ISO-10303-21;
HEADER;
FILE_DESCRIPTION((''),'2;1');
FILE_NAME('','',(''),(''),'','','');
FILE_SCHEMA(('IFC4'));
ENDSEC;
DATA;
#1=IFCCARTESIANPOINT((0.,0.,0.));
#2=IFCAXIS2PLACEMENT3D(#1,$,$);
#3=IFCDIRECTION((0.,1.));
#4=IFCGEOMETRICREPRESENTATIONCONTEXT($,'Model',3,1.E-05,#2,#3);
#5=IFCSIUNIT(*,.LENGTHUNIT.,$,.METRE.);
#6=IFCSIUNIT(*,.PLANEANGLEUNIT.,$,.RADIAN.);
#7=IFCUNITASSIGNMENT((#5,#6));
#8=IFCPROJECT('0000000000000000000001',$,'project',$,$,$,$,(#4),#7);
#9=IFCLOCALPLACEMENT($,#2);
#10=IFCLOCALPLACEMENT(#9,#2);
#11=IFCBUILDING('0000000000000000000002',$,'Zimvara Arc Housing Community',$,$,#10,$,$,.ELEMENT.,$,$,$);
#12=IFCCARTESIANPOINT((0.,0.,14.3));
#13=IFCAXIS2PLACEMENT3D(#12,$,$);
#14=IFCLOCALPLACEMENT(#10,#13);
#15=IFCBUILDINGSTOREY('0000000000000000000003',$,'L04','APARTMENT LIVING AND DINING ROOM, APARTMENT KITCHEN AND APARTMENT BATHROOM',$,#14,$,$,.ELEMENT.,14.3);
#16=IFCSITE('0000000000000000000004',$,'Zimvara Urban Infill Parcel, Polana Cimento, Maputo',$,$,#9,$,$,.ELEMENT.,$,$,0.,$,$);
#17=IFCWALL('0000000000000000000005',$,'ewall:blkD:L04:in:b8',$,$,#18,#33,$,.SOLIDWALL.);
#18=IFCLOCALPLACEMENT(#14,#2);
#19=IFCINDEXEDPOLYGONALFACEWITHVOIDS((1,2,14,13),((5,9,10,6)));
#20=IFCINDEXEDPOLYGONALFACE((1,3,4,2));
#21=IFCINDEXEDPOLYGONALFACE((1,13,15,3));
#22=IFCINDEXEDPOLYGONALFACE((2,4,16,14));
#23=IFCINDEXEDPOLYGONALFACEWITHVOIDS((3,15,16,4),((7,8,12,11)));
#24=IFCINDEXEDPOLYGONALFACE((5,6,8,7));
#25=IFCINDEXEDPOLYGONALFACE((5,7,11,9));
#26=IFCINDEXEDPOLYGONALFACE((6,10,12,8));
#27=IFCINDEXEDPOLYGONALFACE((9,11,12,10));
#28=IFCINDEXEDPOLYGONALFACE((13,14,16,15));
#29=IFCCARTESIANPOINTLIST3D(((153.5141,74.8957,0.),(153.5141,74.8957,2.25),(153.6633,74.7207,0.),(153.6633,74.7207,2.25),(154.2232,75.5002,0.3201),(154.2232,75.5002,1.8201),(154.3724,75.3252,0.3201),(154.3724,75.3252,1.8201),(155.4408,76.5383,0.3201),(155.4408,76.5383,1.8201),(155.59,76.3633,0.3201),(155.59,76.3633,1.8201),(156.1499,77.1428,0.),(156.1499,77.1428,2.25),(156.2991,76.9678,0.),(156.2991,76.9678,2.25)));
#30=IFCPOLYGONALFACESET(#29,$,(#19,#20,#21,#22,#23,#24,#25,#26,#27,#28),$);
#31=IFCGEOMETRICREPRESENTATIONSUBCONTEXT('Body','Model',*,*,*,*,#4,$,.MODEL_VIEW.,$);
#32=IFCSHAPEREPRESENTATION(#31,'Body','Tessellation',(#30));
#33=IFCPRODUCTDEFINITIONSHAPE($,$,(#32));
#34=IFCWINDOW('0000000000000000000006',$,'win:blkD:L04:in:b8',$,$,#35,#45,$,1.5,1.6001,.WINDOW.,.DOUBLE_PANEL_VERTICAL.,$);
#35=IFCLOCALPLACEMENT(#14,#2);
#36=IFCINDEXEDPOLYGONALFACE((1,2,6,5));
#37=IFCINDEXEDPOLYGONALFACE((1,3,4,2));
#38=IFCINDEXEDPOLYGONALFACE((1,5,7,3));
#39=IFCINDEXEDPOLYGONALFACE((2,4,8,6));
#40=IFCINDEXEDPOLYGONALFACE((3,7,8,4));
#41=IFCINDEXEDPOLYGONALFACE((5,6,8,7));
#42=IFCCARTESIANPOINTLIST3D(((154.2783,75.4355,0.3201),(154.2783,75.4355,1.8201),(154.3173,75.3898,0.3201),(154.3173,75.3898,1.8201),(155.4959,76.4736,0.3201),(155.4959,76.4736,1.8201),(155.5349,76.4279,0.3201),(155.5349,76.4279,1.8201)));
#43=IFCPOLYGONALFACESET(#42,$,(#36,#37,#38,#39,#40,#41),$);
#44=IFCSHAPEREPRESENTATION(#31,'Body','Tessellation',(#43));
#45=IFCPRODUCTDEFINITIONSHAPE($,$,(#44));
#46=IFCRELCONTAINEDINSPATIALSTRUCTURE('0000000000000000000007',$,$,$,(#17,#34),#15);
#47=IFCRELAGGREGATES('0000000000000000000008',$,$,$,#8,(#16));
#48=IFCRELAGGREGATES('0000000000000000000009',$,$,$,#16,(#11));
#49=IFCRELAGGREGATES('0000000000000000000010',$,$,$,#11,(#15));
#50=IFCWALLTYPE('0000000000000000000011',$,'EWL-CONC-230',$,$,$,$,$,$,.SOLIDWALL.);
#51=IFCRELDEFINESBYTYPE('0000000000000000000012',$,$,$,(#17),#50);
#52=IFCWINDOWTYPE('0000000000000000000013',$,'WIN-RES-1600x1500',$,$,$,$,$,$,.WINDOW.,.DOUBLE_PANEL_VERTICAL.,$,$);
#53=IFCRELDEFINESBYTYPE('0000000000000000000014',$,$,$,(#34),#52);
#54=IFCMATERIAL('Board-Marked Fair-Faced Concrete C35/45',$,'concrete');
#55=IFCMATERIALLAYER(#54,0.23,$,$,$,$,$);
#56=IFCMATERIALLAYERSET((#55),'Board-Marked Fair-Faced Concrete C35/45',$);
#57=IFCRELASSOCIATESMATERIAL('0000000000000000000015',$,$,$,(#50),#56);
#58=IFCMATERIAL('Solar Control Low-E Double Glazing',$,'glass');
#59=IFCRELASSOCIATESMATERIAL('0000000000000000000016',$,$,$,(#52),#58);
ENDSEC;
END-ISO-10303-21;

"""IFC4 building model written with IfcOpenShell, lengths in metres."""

from ifc_helpers import new_model, si_unit, direction, frame, frame_2d, origin, place, context, subcontext, project, spatial, rectangle, extrude, material, layer, layer_set, type_object, element, fill, save


model = new_model("IFC4")

# Units and contexts
model_context = context("Model", 3, precision=1e-05, world=origin(), true_north=direction((0.0, 1.0)))
body_context = subcontext(model_context, "Body", "Model", "MODEL_VIEW")
ifc_project = project(units=[si_unit("LENGTHUNIT", "METRE"), si_unit("PLANEANGLEUNIT", "RADIAN")], contexts=[model_context])

# Site, building, storey
site_placement = place(None, origin())
site = spatial("IfcSite", under=ifc_project, at=site_placement, Name="Zimvara Urban Infill Parcel, Polana Cimento, Maputo", CompositionType="ELEMENT", RefElevation=0.0)
building_placement = place(site_placement, origin())
building = spatial("IfcBuilding", under=site, at=building_placement, Name="Zimvara Arc Housing Community", CompositionType="ELEMENT")
storey_placement = place(building_placement, frame((0.0, 0.0, 14.3)))
storey = spatial("IfcBuildingStorey", under=building, at=storey_placement, Name="L04", Description="APARTMENT LIVING AND DINING ROOM, APARTMENT KITCHEN AND APARTMENT BATHROOM", CompositionType="ELEMENT", Elevation=14.3)

# Wall, opening, window
ifc_material_1 = material(Name="Board-Marked Fair-Faced Concrete C35/45", Category="concrete")
ifc_layer_1 = layer(ifc_material_1, 0.23)
ifc_layer_set_1 = layer_set([ifc_layer_1], Name="Board-Marked Fair-Faced Concrete C35/45")
wall_type_1 = type_object("IfcWallType", Name="EWL-CONC-230", PredefinedType="SOLIDWALL", material=ifc_layer_set_1)
wall_1_placement = place(storey_placement, frame((153.5886, 74.8081, 0.0), z_axis=(0.0, 0.0, 1.0), x_axis=(0.760985, 0.648769, 0.0)))
wall_1 = element("IfcWall", 1, at=wall_1_placement, inside=storey, type_object=wall_type_1, Name="ewall:blkD:L04:in:b8", PredefinedType="SOLIDWALL", context=body_context, shape_type="SweptSolid", body=[
    extrude(rectangle(XDim=3.4636, YDim=0.23, at=frame_2d((1.7319, 0.0))), origin(), (0.0, 0.0, 1.0), 2.25),
])
opening_1_placement = place(wall_1_placement, frame((0.9319, 0.0, 0.3201)))
opening_1 = element("IfcOpeningElement", 2, at=opening_1_placement, cuts=wall_1, PredefinedType="OPENING", context=body_context, shape_type="SweptSolid", body=[
    extrude(rectangle(XDim=1.6001, YDim=1.5, at=frame_2d((0.8, 0.75))), frame((0.0, 0.125, 0.0), z_axis=(0.0, -1.0, 0.0), x_axis=(1.0, 0.0, 0.0)), (0.0, 0.0, 1.0), 0.25),
])
ifc_material_2 = material(Name="Solar Control Low-E Double Glazing", Category="glass")
window_type = type_object("IfcWindowType", Name="WIN-RES-1600x1500", PartitioningType="DOUBLE_PANEL_VERTICAL", PredefinedType="WINDOW", material=ifc_material_2)
window_placement = place(opening_1_placement, origin())
window = element("IfcWindow", 3, at=window_placement, inside=storey, type_object=window_type, Name="win:blkD:L04:in:b8", OverallHeight=1.5, OverallWidth=1.6001, PartitioningType="DOUBLE_PANEL_VERTICAL", PredefinedType="WINDOW", context=body_context, shape_type="SweptSolid", body=[
    extrude(rectangle(XDim=1.6001, YDim=1.5, at=frame_2d((0.8, 0.75))), frame((0.0, 0.03, 0.0), z_axis=(0.0, -1.0, 0.0), x_axis=(1.0, 0.0, 0.0)), (0.0, 0.0, 1.0), 0.0601),
])
fill(opening_1, window)

save(model, "model.ifc")
